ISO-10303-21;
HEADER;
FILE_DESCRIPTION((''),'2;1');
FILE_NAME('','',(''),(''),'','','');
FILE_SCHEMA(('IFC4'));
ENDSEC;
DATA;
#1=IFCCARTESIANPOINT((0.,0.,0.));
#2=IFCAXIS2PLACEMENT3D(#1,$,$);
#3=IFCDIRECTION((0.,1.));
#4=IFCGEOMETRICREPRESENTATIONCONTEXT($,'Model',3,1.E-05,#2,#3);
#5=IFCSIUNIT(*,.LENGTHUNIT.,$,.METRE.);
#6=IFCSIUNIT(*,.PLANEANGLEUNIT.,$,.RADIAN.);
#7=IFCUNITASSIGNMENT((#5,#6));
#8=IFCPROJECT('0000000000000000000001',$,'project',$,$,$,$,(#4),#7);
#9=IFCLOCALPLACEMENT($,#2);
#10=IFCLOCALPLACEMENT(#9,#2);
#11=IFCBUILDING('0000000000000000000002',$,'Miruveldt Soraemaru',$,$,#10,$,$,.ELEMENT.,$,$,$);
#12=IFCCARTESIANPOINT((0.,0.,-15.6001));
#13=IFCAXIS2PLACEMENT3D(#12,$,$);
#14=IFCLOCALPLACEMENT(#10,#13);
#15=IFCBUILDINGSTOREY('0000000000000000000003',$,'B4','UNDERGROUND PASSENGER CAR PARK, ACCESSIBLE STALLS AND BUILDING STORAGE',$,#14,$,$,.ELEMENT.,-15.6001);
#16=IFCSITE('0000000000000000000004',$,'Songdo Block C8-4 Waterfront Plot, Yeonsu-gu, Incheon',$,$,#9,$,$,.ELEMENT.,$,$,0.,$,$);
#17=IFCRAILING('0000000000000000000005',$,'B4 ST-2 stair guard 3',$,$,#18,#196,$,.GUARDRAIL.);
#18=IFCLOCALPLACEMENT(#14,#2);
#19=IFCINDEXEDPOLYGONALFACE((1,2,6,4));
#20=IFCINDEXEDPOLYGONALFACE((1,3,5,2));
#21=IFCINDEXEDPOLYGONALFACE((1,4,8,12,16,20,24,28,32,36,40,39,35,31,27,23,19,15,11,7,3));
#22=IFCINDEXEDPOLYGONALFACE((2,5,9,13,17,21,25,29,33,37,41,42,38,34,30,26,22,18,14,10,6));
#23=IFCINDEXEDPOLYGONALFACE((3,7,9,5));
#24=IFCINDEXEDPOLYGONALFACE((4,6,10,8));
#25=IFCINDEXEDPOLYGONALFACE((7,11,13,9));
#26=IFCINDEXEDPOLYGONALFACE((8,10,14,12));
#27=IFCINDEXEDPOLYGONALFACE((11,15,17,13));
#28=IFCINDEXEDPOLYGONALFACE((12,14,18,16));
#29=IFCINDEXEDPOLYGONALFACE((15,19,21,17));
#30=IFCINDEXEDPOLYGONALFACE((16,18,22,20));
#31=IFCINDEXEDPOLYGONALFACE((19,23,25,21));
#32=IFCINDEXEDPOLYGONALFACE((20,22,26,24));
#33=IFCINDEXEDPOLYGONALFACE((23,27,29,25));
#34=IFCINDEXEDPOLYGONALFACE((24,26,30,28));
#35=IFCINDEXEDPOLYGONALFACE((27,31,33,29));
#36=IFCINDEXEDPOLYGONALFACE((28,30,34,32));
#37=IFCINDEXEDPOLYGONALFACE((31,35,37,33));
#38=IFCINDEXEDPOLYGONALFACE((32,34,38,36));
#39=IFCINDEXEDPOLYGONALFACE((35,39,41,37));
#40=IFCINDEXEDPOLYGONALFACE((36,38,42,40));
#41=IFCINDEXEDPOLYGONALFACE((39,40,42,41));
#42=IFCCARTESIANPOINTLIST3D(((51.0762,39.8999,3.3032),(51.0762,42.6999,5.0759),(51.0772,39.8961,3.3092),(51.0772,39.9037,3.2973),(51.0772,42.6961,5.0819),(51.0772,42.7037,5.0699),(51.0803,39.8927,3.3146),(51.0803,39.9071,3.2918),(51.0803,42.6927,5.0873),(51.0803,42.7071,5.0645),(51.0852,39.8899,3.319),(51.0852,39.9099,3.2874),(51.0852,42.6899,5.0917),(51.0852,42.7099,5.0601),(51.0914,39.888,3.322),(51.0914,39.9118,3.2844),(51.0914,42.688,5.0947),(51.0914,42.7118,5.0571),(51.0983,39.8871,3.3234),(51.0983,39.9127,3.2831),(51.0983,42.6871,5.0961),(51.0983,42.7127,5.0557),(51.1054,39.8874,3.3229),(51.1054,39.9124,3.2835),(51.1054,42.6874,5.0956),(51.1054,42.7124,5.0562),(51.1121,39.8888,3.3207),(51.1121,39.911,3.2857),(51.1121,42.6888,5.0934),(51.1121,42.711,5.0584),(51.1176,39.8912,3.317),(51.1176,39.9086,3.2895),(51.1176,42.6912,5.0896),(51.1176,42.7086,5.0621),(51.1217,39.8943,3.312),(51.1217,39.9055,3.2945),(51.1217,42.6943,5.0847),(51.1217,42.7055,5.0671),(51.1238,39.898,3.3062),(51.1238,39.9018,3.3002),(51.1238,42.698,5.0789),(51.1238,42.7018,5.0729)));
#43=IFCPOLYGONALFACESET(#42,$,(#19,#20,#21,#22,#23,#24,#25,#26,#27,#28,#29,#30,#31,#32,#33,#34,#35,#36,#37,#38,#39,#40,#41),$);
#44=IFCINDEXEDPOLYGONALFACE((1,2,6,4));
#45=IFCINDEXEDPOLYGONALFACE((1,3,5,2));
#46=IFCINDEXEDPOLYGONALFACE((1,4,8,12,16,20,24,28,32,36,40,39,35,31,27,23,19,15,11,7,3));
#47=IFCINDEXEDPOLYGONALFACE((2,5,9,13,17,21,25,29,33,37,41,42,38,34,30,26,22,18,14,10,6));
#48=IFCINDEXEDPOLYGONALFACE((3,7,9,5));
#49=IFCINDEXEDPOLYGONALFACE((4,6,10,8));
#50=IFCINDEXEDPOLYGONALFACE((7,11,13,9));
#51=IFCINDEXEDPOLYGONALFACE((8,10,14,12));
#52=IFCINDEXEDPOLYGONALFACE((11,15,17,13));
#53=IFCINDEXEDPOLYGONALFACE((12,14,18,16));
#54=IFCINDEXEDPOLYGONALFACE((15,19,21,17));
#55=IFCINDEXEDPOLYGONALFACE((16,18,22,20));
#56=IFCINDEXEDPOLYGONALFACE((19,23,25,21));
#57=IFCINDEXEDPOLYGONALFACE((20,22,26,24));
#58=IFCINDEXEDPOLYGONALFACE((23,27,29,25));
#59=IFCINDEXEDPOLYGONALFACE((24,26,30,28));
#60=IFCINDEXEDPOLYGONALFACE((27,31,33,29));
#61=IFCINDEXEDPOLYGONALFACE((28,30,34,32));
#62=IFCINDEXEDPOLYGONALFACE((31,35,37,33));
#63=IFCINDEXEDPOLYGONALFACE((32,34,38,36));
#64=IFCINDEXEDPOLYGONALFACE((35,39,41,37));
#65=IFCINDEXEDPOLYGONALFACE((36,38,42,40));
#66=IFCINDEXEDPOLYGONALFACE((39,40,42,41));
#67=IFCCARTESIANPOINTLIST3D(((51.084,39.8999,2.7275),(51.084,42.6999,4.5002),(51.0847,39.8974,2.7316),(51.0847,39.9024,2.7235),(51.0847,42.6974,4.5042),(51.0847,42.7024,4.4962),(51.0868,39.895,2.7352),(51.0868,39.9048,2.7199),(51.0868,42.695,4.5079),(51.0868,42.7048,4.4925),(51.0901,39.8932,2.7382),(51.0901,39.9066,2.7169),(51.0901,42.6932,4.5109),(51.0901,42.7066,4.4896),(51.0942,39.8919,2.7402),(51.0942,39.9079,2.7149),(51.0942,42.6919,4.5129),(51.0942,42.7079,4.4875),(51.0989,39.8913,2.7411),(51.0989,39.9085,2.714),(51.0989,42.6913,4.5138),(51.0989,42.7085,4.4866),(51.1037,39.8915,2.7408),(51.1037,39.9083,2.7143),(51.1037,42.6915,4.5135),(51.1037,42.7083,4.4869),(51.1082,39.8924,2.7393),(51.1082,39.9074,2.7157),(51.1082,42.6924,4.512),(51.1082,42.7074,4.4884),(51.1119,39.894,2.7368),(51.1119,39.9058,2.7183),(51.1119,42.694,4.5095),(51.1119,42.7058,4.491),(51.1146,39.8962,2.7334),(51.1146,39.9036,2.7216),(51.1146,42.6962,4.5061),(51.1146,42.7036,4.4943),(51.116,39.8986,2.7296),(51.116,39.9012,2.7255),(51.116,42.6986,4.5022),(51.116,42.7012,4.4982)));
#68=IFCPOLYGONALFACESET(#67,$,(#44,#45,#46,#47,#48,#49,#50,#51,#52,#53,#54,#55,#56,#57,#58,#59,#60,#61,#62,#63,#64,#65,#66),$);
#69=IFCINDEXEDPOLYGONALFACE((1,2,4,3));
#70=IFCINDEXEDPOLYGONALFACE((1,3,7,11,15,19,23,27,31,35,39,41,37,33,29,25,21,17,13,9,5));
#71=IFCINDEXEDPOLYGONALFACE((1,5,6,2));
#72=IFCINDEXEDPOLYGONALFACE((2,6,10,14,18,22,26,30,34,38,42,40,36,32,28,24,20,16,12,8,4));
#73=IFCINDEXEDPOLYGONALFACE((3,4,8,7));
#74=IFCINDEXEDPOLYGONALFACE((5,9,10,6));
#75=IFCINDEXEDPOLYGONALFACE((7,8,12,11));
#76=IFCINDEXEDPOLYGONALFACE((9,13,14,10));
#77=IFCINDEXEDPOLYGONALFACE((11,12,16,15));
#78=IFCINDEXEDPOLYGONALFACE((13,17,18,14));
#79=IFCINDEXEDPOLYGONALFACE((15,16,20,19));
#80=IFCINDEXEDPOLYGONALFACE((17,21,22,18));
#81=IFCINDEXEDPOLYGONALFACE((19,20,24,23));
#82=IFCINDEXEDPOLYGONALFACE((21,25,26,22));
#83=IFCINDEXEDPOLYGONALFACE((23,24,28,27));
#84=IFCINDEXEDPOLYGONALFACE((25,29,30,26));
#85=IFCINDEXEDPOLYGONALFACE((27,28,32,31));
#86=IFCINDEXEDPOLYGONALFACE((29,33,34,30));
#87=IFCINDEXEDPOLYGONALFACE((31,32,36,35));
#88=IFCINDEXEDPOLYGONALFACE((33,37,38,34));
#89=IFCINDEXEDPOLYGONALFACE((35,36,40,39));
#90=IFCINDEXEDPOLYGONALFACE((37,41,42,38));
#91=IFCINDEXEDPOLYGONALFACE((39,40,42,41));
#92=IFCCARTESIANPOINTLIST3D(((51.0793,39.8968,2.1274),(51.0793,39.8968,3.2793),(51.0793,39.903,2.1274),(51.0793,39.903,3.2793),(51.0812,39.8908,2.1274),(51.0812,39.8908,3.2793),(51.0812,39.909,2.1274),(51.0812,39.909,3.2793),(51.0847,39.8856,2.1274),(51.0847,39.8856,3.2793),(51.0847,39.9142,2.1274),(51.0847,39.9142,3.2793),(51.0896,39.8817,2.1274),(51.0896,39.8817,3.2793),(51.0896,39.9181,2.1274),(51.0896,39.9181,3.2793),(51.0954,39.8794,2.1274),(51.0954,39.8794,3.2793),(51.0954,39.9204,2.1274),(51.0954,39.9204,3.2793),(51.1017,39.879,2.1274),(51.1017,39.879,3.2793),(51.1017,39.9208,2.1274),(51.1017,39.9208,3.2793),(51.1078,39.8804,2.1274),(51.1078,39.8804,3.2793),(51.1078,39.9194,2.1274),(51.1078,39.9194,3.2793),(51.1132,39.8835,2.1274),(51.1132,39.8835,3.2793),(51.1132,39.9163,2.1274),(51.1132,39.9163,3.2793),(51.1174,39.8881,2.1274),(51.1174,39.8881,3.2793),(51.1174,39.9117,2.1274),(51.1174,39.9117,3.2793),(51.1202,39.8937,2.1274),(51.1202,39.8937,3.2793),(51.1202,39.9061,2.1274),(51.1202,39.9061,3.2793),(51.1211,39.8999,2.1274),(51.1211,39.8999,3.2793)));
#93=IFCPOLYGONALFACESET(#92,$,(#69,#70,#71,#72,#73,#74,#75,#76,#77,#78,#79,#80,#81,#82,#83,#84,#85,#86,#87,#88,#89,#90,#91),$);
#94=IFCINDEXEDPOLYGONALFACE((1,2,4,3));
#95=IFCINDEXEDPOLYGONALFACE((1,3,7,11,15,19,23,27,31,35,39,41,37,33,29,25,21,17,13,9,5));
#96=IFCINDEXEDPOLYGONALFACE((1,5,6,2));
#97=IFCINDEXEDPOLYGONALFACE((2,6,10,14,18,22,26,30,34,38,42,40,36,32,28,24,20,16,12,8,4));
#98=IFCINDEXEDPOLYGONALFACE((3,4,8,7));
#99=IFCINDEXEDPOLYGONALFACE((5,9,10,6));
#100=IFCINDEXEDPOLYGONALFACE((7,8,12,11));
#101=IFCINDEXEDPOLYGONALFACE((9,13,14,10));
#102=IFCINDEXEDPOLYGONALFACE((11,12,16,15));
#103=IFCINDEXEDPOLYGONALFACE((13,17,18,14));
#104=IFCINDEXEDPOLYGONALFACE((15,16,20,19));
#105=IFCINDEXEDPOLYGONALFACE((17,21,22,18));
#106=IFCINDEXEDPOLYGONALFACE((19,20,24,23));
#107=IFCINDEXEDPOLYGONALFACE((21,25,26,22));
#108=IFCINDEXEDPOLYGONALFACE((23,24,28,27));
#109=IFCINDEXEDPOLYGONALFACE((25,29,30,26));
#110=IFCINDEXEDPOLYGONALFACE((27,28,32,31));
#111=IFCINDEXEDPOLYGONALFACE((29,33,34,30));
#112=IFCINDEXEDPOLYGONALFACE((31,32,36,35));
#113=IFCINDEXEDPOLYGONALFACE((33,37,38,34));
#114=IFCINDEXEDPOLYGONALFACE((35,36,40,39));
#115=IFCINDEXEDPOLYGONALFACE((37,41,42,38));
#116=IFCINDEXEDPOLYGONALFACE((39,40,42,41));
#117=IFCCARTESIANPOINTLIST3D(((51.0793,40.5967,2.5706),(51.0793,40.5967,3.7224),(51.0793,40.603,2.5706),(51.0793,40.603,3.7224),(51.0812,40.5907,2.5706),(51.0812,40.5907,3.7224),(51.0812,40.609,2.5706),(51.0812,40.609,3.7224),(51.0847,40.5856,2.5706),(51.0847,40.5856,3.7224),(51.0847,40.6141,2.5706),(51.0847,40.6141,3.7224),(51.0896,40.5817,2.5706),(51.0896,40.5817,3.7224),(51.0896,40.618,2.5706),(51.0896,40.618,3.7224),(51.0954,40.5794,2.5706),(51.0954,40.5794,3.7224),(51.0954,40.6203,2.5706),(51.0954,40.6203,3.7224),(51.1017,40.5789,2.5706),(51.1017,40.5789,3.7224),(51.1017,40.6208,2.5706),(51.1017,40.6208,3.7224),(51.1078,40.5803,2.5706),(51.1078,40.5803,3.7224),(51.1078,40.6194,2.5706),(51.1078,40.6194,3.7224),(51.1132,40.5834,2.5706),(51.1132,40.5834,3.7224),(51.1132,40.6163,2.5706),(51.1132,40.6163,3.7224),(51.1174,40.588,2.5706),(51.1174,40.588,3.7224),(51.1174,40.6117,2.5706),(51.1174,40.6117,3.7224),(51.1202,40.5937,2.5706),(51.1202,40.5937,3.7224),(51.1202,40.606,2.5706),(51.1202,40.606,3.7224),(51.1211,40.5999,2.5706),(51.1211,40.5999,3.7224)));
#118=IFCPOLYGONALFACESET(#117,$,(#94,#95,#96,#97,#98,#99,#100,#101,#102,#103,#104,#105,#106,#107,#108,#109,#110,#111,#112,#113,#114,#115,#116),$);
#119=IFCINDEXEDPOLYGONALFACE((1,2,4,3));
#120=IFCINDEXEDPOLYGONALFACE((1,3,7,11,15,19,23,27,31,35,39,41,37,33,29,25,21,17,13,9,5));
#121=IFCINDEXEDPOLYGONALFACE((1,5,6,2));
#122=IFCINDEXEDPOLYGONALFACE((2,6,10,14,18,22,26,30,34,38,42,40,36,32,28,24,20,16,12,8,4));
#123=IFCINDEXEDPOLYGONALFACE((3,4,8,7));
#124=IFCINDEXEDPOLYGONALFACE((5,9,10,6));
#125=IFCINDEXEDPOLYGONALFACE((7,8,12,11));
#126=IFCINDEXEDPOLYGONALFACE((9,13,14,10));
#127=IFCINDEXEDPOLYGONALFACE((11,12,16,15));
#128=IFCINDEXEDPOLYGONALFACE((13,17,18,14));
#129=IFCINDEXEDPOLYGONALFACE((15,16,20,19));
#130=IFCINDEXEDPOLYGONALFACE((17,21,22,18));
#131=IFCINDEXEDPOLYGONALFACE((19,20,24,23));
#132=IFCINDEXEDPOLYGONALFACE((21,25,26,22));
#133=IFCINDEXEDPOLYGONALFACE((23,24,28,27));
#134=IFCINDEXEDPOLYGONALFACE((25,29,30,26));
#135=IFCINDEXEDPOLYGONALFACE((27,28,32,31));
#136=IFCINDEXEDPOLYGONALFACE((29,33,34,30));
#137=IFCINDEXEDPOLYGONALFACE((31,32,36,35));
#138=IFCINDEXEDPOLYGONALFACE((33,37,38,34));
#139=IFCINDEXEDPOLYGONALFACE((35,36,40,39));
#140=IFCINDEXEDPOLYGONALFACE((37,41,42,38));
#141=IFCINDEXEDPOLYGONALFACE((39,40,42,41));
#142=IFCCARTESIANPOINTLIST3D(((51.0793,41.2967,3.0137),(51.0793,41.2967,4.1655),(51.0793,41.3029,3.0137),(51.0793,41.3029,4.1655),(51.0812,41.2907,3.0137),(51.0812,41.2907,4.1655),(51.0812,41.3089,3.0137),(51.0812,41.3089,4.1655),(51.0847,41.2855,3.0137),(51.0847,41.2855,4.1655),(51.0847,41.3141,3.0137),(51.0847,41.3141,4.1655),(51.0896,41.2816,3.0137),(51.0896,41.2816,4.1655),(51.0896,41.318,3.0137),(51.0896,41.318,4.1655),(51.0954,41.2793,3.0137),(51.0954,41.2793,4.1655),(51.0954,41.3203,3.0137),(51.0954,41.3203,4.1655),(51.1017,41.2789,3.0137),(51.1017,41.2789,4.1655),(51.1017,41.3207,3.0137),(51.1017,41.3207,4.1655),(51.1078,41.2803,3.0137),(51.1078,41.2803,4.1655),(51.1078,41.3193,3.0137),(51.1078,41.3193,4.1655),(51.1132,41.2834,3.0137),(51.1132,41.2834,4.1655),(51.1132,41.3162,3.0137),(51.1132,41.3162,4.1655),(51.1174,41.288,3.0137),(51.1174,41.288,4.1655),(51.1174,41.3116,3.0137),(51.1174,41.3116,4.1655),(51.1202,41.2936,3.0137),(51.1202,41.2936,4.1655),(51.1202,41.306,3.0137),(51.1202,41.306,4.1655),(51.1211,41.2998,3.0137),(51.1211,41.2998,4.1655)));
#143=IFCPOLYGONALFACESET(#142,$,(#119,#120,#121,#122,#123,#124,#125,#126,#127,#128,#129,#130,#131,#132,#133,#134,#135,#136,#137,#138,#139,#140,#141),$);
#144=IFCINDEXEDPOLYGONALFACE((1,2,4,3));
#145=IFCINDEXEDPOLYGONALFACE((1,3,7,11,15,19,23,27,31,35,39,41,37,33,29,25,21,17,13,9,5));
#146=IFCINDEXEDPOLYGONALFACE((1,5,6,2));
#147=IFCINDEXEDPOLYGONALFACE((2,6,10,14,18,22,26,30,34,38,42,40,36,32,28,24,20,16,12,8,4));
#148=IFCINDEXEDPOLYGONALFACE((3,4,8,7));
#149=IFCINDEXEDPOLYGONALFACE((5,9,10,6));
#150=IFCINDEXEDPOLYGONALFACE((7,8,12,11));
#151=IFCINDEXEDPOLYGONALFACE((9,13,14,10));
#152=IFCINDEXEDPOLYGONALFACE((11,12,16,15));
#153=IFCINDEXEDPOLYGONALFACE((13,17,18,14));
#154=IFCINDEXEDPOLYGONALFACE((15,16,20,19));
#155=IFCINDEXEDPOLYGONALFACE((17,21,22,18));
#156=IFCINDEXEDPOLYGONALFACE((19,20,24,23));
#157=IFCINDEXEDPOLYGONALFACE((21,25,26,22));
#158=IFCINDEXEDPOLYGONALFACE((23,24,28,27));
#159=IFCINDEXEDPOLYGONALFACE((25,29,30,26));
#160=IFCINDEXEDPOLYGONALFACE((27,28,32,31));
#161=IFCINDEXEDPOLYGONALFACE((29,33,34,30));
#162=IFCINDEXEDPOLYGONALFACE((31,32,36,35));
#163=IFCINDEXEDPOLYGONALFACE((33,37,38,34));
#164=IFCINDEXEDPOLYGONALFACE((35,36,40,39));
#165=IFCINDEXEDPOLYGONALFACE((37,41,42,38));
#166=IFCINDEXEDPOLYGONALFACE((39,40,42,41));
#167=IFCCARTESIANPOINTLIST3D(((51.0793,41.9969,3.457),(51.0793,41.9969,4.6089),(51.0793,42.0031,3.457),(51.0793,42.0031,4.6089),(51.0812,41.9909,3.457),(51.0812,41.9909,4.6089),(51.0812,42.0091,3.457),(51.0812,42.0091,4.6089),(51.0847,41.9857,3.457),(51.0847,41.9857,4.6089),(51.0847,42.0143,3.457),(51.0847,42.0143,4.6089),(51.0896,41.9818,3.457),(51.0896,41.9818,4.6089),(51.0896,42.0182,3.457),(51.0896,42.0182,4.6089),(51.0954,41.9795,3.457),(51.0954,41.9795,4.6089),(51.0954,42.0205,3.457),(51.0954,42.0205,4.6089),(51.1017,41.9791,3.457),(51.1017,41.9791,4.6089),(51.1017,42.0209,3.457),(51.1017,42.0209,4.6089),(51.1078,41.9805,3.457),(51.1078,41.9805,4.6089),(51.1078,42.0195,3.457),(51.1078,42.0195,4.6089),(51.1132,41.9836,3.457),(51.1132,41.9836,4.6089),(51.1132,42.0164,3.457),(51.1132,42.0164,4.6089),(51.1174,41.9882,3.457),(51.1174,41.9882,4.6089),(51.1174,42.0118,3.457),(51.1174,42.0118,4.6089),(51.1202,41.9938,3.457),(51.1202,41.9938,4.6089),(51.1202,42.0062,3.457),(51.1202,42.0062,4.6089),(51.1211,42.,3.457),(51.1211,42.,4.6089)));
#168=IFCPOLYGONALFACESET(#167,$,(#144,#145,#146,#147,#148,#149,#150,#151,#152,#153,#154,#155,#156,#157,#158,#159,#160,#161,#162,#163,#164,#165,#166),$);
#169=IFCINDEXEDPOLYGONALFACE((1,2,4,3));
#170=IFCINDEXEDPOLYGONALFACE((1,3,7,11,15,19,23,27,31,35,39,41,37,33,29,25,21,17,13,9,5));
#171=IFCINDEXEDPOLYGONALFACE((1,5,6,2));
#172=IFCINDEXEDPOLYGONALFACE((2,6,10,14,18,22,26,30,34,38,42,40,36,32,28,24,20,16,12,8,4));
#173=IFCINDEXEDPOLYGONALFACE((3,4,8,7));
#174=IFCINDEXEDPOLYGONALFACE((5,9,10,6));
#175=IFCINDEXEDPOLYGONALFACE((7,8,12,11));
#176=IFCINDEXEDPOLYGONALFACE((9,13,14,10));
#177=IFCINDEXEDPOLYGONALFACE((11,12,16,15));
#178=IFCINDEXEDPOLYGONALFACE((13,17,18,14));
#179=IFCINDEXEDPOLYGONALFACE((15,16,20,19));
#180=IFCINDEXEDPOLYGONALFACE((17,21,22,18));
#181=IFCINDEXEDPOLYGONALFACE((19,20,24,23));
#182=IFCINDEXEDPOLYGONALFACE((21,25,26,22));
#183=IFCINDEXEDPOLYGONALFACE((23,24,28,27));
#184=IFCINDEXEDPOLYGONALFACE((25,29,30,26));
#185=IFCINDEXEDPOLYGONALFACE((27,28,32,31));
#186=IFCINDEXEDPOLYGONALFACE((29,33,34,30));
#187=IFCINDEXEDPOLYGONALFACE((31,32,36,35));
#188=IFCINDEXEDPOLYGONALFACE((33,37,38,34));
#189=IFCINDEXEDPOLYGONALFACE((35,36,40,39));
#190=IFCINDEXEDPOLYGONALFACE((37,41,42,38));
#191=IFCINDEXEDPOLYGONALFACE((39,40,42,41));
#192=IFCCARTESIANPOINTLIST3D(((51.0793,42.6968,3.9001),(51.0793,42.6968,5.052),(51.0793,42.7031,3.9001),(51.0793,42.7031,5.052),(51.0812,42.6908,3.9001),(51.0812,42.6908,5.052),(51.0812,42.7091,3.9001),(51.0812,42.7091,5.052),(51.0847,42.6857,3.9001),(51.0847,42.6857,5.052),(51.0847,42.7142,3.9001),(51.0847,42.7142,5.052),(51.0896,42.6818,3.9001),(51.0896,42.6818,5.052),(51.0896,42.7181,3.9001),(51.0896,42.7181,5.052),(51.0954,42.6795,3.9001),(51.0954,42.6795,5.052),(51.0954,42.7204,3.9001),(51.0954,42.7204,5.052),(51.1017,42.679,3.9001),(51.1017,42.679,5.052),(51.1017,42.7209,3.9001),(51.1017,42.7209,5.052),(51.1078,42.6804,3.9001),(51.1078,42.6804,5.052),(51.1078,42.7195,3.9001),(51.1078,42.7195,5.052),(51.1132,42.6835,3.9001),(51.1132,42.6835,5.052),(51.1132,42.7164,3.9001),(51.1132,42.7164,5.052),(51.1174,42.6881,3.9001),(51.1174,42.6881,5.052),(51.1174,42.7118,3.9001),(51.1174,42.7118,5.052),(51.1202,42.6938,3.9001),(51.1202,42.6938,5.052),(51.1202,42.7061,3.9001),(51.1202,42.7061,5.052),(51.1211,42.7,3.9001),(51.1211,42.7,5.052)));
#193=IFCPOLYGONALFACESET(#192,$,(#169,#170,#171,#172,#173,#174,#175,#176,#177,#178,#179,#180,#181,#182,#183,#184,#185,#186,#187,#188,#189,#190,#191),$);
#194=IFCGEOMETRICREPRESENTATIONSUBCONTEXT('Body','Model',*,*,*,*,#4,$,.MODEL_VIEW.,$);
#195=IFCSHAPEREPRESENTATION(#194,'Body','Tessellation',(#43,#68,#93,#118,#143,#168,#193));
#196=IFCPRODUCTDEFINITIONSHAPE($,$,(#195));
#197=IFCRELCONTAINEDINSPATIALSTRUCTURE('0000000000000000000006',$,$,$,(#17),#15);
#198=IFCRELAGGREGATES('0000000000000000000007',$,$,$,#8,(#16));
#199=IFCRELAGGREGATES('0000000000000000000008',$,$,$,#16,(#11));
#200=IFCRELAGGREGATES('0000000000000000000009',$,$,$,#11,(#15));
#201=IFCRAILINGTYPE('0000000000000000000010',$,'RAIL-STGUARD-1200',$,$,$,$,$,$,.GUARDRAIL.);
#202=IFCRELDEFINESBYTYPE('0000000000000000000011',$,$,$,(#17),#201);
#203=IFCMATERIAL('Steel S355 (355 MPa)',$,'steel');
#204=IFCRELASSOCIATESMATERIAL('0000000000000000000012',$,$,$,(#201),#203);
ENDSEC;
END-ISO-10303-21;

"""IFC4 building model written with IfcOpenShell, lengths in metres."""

from ifc_helpers import new_model, si_unit, direction, frame, origin, origin_2d, place, context, subcontext, project, spatial, circle, extrude, material, type_object, element, save


model = new_model("IFC4")

# Units and contexts
model_context = context("Model", 3, precision=1e-05, world=origin(), true_north=direction((0.0, 1.0)))
body_context = subcontext(model_context, "Body", "Model", "MODEL_VIEW")
ifc_project = project(units=[si_unit("LENGTHUNIT", "METRE"), si_unit("PLANEANGLEUNIT", "RADIAN")], contexts=[model_context])

# Site, building, storey
site_placement = place(None, origin())
site = spatial("IfcSite", under=ifc_project, at=site_placement, Name="Songdo Block C8-4 Waterfront Plot, Yeonsu-gu, Incheon", CompositionType="ELEMENT", RefElevation=0.0)
building_placement = place(site_placement, origin())
building = spatial("IfcBuilding", under=site, at=building_placement, Name="Miruveldt Soraemaru", CompositionType="ELEMENT")
storey_placement = place(building_placement, frame((0.0, 0.0, -15.6001)))
storey = spatial("IfcBuildingStorey", under=building, at=storey_placement, Name="B4", Description="UNDERGROUND PASSENGER CAR PARK, ACCESSIBLE STALLS AND BUILDING STORAGE", CompositionType="ELEMENT", Elevation=-15.6001)

# Railing
ifc_material_1 = material(Name="Steel S355 (355 MPa)", Category="steel")
railing_type_1 = type_object("IfcRailingType", Name="RAIL-STGUARD-1200", PredefinedType="GUARDRAIL", material=ifc_material_1)
railing_1_placement = place(storey_placement, frame((51.1001, 39.8999, 2.1274)))
element("IfcRailing", 1, at=railing_1_placement, inside=storey, type_object=railing_type_1, Name="B4 ST-2 stair guard 3", PredefinedType="GUARDRAIL", context=body_context, shape_type="SweptSolid", body=[
    extrude(circle(Radius=0.0239, at=origin_2d()), frame((0.0, 0.0, 1.1758), z_axis=(0.0, 0.844909, 0.53491), x_axis=(-1.0, 0.0, 0.0)), (0.0, 0.0, 1.0), 3.314),
    extrude(circle(Radius=0.0161, at=origin_2d()), frame((0.0, 0.0, 0.6001), z_axis=(0.0, 0.844909, 0.53491), x_axis=(-1.0, 0.0, 0.0)), (0.0, 0.0, 1.0), 3.314),
    extrude(circle(Radius=0.021, at=origin_2d()), origin(), (0.0, 0.0, 1.0), 1.1519),
    extrude(circle(Radius=0.021, at=origin_2d()), frame((0.0, 0.7, 0.4431)), (0.0, 0.0, 1.0), 1.1519),
    extrude(circle(Radius=0.021, at=origin_2d()), frame((0.0, 1.3999, 0.8862)), (0.0, 0.0, 1.0), 1.1519),
    extrude(circle(Radius=0.021, at=origin_2d()), frame((0.0, 2.1001, 1.3296)), (0.0, 0.0, 1.0), 1.1519),
    extrude(circle(Radius=0.021, at=origin_2d()), frame((0.0, 2.8, 1.7727)), (0.0, 0.0, 1.0), 1.1519),
])

save(model, "model.ifc")
